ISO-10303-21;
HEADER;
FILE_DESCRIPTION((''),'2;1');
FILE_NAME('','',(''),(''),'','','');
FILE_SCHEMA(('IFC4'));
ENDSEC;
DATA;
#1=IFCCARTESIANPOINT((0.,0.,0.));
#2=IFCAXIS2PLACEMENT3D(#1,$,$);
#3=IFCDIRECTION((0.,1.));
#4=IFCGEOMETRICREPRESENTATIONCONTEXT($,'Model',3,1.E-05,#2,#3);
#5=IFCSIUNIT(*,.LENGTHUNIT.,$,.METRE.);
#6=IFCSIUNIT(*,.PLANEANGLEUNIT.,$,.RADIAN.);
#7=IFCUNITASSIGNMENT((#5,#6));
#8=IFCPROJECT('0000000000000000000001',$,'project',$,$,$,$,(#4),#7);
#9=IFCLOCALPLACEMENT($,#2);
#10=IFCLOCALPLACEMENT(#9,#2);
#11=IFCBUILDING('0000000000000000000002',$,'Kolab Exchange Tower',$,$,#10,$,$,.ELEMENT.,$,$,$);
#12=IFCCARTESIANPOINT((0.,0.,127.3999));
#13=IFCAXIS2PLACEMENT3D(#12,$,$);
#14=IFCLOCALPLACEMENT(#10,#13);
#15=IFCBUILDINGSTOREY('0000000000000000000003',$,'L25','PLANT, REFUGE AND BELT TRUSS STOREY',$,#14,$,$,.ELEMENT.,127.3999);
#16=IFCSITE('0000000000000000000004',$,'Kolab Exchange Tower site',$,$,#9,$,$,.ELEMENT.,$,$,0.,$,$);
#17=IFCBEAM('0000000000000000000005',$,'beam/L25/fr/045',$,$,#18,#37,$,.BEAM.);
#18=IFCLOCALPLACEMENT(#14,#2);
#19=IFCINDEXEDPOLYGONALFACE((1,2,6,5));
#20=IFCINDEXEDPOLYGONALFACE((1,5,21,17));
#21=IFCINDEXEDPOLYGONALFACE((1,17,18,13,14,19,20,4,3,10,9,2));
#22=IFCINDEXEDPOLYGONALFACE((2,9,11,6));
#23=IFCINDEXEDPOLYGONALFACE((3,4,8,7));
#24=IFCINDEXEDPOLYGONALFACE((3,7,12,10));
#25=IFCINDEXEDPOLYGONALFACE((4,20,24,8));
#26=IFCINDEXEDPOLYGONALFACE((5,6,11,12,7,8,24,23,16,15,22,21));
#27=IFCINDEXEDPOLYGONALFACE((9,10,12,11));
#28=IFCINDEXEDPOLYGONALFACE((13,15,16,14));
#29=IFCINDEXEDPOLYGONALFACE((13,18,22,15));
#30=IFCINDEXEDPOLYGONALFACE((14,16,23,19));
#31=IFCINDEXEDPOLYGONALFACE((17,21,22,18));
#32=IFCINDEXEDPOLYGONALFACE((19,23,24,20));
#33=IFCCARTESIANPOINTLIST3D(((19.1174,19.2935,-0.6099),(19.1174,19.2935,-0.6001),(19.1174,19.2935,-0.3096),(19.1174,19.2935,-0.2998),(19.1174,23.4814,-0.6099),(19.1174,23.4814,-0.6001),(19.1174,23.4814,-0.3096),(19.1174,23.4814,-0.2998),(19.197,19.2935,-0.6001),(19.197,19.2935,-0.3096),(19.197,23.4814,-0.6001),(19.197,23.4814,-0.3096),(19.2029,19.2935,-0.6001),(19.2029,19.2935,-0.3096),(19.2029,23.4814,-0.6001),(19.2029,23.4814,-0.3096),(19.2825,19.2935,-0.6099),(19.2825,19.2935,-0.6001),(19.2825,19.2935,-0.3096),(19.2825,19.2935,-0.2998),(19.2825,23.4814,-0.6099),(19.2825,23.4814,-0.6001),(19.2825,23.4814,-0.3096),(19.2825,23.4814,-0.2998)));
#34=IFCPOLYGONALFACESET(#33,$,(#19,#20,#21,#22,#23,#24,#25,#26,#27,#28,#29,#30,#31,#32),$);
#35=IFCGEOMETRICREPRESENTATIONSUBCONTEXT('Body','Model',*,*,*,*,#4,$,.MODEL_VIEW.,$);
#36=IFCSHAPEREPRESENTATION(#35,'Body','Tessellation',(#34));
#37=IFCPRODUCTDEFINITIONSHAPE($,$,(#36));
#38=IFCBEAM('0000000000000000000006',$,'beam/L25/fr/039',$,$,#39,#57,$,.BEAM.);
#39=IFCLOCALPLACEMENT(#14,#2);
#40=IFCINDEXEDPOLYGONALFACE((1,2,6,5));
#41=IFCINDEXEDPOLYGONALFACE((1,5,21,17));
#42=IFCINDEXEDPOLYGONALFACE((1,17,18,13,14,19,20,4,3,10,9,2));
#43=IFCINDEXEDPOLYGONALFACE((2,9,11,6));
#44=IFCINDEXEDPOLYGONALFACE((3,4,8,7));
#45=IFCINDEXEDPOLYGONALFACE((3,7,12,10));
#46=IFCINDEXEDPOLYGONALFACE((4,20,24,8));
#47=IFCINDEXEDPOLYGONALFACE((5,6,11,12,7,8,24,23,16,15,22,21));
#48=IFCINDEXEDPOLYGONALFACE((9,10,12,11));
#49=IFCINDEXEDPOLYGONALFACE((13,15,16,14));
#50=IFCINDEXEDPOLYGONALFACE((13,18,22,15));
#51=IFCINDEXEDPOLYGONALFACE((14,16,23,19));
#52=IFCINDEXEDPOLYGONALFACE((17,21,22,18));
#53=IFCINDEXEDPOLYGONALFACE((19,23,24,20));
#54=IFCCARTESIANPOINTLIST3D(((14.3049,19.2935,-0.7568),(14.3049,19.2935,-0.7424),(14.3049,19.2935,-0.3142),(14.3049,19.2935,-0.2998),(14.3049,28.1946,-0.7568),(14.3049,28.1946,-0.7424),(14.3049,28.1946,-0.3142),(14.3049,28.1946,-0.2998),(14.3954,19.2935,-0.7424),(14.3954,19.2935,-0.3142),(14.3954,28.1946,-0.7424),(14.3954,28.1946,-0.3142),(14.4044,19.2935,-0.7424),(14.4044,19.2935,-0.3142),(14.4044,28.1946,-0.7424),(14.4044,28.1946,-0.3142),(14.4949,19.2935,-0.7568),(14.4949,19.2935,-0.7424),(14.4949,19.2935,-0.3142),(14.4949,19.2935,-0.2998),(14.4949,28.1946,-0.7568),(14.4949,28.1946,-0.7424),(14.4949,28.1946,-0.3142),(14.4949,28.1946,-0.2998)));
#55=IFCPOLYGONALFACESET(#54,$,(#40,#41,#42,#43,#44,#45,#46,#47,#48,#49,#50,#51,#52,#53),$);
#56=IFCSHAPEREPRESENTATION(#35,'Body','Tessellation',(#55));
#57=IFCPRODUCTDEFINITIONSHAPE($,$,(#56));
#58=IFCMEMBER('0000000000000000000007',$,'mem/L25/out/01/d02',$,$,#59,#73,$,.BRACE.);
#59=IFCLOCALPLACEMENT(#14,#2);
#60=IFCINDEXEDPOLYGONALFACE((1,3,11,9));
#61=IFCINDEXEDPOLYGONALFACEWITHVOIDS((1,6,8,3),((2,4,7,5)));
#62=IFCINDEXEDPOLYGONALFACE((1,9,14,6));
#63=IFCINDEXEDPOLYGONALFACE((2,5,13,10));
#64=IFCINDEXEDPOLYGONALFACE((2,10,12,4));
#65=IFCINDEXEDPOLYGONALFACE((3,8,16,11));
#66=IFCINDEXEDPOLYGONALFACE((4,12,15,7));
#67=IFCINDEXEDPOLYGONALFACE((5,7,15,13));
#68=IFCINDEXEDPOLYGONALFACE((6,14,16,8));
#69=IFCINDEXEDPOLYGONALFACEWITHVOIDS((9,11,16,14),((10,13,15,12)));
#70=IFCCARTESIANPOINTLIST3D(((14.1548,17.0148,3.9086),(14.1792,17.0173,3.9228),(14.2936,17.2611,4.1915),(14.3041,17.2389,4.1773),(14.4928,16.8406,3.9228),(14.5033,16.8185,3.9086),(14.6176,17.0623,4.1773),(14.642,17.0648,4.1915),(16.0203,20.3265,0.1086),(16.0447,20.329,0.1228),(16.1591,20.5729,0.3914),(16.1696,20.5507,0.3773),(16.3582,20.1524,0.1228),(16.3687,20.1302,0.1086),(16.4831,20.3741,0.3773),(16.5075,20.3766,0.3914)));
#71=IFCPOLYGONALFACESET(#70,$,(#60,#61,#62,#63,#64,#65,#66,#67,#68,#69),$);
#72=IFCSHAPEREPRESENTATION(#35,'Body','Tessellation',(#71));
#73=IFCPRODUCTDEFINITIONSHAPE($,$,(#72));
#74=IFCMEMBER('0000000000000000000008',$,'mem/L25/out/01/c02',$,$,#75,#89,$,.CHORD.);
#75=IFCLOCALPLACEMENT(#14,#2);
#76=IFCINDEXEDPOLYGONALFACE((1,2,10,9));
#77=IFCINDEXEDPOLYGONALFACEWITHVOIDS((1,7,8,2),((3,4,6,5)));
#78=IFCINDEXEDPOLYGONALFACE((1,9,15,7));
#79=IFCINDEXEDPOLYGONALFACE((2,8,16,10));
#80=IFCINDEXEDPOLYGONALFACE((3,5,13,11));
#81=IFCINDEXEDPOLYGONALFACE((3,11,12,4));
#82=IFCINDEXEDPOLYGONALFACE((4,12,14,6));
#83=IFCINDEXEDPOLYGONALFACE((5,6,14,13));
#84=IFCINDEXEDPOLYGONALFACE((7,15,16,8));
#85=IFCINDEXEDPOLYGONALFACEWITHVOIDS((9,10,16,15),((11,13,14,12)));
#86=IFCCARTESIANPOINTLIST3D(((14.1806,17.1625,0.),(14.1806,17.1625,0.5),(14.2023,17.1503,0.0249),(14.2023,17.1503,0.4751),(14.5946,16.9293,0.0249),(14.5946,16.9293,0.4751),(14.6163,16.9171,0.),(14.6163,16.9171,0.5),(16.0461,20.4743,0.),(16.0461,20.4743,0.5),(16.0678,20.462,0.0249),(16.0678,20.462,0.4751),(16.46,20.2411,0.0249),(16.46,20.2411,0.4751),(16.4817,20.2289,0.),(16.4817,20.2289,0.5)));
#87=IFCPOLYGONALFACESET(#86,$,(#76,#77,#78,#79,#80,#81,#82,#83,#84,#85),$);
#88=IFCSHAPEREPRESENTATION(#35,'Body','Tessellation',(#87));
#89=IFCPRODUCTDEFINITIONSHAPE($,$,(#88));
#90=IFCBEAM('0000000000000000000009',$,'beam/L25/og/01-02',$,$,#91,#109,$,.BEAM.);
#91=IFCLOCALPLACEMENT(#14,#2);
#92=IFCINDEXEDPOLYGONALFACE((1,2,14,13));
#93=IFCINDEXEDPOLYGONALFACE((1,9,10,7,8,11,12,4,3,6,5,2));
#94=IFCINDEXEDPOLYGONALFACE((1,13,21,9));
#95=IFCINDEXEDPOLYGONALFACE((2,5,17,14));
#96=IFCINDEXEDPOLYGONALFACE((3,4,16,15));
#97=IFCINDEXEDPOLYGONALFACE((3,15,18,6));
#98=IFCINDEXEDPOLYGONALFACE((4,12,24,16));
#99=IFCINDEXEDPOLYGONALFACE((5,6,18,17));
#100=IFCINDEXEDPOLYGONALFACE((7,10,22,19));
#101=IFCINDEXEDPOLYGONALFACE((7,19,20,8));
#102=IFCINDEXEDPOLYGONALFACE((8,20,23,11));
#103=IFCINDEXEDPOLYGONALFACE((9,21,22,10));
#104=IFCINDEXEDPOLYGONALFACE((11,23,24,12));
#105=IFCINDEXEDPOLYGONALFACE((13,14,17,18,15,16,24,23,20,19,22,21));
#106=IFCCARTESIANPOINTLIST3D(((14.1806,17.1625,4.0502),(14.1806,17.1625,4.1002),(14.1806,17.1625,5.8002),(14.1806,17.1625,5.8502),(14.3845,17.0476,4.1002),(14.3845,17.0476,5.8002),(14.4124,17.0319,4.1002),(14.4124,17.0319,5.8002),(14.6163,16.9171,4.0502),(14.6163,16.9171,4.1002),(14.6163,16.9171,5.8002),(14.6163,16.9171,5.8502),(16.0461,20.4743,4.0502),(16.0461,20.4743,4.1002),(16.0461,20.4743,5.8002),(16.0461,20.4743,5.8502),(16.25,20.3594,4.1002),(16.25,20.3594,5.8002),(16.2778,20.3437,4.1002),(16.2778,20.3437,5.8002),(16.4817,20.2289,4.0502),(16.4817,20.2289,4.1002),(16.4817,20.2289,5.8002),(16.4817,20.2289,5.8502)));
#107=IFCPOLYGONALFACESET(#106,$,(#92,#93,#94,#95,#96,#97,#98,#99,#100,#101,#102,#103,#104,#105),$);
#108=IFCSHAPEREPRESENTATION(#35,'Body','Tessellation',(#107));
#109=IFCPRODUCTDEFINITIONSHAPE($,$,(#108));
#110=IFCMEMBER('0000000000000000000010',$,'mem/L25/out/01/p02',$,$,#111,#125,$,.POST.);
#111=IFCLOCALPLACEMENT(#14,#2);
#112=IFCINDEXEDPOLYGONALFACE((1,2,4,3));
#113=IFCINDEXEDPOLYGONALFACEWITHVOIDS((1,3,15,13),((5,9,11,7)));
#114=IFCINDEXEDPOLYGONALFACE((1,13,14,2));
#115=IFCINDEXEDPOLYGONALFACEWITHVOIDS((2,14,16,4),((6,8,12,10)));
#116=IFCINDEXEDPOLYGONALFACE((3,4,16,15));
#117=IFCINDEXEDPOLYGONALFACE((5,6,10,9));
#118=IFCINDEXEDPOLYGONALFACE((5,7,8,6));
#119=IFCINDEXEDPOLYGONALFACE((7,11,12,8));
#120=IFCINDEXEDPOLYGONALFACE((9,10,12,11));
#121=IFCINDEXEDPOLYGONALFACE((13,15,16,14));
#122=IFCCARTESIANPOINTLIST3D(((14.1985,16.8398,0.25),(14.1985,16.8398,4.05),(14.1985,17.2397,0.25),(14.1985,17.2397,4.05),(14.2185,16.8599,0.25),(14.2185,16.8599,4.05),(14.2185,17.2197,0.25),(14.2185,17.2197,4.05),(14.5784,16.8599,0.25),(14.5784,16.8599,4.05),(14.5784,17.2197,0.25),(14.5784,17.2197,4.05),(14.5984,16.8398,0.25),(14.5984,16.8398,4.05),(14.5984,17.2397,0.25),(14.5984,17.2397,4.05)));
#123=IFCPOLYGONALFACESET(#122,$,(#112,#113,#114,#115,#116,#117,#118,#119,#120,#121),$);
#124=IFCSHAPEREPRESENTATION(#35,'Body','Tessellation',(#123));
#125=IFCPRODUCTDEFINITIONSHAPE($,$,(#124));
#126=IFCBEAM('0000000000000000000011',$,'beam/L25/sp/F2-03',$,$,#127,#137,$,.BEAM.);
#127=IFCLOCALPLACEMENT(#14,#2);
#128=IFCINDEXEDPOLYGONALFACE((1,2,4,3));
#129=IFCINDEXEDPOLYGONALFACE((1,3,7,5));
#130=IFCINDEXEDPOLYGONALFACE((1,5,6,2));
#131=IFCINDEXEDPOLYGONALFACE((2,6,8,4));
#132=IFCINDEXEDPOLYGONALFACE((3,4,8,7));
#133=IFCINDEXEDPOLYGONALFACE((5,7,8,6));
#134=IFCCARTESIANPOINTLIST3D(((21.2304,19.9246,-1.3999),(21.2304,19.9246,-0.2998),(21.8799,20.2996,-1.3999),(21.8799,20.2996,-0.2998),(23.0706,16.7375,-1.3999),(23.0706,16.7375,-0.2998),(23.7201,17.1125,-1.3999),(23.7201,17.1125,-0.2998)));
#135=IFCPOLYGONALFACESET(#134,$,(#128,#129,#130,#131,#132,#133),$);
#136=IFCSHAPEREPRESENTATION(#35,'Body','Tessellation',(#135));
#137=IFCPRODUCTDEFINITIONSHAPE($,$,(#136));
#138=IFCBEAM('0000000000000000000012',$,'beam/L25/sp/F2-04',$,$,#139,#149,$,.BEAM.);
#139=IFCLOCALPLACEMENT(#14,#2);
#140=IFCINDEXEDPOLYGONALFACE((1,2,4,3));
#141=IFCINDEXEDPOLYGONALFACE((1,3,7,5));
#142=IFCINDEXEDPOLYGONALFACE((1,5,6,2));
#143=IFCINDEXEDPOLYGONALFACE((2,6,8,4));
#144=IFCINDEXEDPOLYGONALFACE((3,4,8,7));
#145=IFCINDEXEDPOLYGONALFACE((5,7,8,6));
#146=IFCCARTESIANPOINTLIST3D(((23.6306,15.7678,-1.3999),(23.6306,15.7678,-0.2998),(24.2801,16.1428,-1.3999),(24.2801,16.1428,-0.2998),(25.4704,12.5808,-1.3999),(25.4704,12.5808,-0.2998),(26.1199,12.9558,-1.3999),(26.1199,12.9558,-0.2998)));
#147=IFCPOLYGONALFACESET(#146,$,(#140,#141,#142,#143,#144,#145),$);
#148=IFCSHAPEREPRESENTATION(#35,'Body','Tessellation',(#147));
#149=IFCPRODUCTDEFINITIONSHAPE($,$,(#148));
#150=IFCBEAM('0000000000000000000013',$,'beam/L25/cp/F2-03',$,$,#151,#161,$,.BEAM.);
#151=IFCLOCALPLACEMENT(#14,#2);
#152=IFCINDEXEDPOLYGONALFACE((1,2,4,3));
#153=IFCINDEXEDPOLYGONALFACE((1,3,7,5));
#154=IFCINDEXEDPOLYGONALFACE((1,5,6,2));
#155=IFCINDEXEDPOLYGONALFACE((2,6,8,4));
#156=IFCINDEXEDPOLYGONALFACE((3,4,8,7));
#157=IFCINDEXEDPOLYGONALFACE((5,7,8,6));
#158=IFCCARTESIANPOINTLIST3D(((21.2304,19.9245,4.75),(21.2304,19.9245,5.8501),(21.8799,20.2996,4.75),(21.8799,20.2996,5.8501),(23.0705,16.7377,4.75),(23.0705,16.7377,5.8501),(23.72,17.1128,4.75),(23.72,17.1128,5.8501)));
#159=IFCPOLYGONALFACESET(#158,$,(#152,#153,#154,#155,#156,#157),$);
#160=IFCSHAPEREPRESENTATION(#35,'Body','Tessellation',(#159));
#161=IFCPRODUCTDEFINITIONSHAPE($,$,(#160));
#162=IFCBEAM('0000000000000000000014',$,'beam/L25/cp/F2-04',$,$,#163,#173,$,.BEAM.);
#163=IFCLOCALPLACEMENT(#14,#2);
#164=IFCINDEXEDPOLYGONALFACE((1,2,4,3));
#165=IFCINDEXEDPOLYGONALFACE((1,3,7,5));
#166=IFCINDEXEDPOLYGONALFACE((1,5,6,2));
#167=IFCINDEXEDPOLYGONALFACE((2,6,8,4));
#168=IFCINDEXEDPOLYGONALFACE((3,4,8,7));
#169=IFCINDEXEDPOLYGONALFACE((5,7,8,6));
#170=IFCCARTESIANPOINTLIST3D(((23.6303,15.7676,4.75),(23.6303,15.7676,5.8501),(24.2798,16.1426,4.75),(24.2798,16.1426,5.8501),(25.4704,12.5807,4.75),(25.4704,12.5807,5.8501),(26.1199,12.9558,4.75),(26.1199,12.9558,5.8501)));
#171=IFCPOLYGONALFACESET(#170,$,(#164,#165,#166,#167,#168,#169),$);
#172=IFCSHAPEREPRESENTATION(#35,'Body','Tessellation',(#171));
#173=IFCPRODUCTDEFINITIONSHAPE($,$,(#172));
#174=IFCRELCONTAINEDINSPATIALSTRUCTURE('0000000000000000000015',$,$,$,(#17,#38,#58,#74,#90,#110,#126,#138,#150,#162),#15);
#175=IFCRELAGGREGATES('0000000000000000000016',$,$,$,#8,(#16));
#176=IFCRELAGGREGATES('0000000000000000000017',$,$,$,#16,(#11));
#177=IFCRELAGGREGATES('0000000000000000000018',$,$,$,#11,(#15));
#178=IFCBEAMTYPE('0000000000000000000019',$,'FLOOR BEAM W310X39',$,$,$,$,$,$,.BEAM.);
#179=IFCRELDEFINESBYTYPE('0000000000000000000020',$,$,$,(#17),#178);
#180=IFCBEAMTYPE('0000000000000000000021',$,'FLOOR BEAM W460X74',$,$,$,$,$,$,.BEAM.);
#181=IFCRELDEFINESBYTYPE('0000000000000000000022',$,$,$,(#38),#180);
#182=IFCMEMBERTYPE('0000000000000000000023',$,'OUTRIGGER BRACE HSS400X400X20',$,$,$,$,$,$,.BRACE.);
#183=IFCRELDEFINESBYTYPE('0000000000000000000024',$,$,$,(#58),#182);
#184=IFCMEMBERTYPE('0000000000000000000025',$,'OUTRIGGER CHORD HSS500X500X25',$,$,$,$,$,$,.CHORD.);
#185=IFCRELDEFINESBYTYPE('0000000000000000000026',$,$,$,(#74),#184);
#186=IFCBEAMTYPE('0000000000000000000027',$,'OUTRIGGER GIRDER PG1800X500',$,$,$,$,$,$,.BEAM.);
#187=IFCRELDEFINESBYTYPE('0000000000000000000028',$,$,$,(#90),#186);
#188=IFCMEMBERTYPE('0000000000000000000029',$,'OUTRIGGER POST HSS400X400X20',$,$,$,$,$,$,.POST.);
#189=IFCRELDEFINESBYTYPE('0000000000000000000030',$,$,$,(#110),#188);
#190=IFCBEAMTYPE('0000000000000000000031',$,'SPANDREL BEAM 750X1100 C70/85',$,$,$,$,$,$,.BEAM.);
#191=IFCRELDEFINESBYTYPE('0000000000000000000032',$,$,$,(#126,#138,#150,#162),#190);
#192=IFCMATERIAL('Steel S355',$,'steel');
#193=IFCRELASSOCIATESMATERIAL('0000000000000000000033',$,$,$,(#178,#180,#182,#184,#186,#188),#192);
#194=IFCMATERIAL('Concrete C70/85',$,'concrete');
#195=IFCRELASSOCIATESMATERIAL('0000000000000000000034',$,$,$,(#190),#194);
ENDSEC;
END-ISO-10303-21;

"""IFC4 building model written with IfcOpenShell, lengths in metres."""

from ifc_helpers import new_model, si_unit, direction, frame, origin, origin_2d, place, context, subcontext, project, spatial, rectangle, hollow_rectangle, i_section, extrude, material, material_profile, profile_set, type_object, element, save


model = new_model("IFC4")

# Units and contexts
model_context = context("Model", 3, precision=1e-05, world=origin(), true_north=direction((0.0, 1.0)))
body_context = subcontext(model_context, "Body", "Model", "MODEL_VIEW")
ifc_project = project(units=[si_unit("LENGTHUNIT", "METRE"), si_unit("PLANEANGLEUNIT", "RADIAN")], contexts=[model_context])

# Site, building, storey
site_placement = place(None, origin())
site = spatial("IfcSite", under=ifc_project, at=site_placement, Name="Kolab Exchange Tower site", CompositionType="ELEMENT", RefElevation=0.0)
building_placement = place(site_placement, origin())
building = spatial("IfcBuilding", under=site, at=building_placement, Name="Kolab Exchange Tower", CompositionType="ELEMENT")
storey_placement = place(building_placement, frame((0.0, 0.0, 127.3999)))
storey = spatial("IfcBuildingStorey", under=building, at=storey_placement, Name="L25", Description="PLANT, REFUGE AND BELT TRUSS STOREY", CompositionType="ELEMENT", Elevation=127.3999)

# Shared definitions
ifc_material_1 = material(Name="Concrete C70/85", Category="concrete")

# Shared definitions
ifc_material_2 = material(Name="Steel S355", Category="steel")

# Beams
ifc_material_profile_1 = material_profile(ifc_material_2, i_section(OverallWidth=0.165, OverallDepth=0.3101, WebThickness=0.0059, FlangeThickness=0.0098, at=origin_2d()), Name="W310X39")
ifc_profile_set_1 = profile_set([ifc_material_profile_1], Name="Steel S355")
beam_type_1 = type_object("IfcBeamType", Name="FLOOR BEAM W310X39", PredefinedType="BEAM", material=ifc_profile_set_1)
beam_1_placement = place(storey_placement, frame((19.2, 19.2935, -0.4548), z_axis=(0.0, 1.0, 0.0), x_axis=(-1.0, 0.0, 0.0)))
element("IfcBeam", 1, at=beam_1_placement, inside=storey, type_object=beam_type_1, Name="beam/L25/fr/045", PredefinedType="BEAM", context=body_context, shape_type="SweptSolid", body=[
    extrude(i_section(OverallWidth=0.165, OverallDepth=0.3101, WebThickness=0.0059, FlangeThickness=0.0098, at=origin_2d()), origin(), (0.0, 0.0, 1.0), 4.188),
])
ifc_material_profile_2 = material_profile(ifc_material_2, i_section(OverallWidth=0.1899, OverallDepth=0.457, WebThickness=0.009, FlangeThickness=0.0144, at=origin_2d()), Name="W460X74")
ifc_profile_set_2 = profile_set([ifc_material_profile_2], Name="Steel S355")
beam_type_2 = type_object("IfcBeamType", Name="FLOOR BEAM W460X74", PredefinedType="BEAM", material=ifc_profile_set_2)
beam_2_placement = place(storey_placement, frame((14.3999, 19.2935, -0.5283), z_axis=(0.0, 1.0, 0.0), x_axis=(-1.0, 0.0, 0.0)))
element("IfcBeam", 2, at=beam_2_placement, inside=storey, type_object=beam_type_2, Name="beam/L25/fr/039", PredefinedType="BEAM", context=body_context, shape_type="SweptSolid", body=[
    extrude(i_section(OverallWidth=0.1899, OverallDepth=0.457, WebThickness=0.009, FlangeThickness=0.0144, at=origin_2d()), origin(), (0.0, 0.0, 1.0), 8.9011),
])

# Members
ifc_material_profile_3 = material_profile(ifc_material_2, hollow_rectangle(XDim=0.3999, YDim=0.3999, WallThickness=0.02, at=origin_2d()), Name="HSS400X400X20")
ifc_profile_set_3 = profile_set([ifc_material_profile_3], Name="Steel S355")
member_type_1 = type_object("IfcMemberType", Name="OUTRIGGER BRACE HSS400X400X20", PredefinedType="BRACE", material=ifc_profile_set_3)
member_1_placement = place(storey_placement, frame((14.3984, 17.0398, 4.05), z_axis=(0.34708, 0.616169, -0.707016), x_axis=(-0.871282, 0.490783, 0.0)))
element("IfcMember", 3, at=member_1_placement, inside=storey, type_object=member_type_1, Name="mem/L25/out/01/d02", PredefinedType="BRACE", context=body_context, shape_type="SweptSolid", body=[
    extrude(hollow_rectangle(XDim=0.3999, YDim=0.3999, WallThickness=0.02, at=origin_2d()), origin(), (0.0, 0.0, 1.0), 5.3748),
])
ifc_material_profile_4 = material_profile(ifc_material_2, hollow_rectangle(XDim=0.5, YDim=0.5, WallThickness=0.0249, at=origin_2d()), Name="HSS500X500X25")
ifc_profile_set_4 = profile_set([ifc_material_profile_4], Name="Steel S355")
member_type_2 = type_object("IfcMemberType", Name="OUTRIGGER CHORD HSS500X500X25", PredefinedType="CHORD", material=ifc_profile_set_4)
member_2_placement = place(storey_placement, frame((14.3984, 17.0398, 0.25), z_axis=(0.490783, 0.871282, 0.0), x_axis=(-0.871282, 0.490783, 0.0)))
element("IfcMember", 4, at=member_2_placement, inside=storey, type_object=member_type_2, Name="mem/L25/out/01/c02", PredefinedType="CHORD", context=body_context, shape_type="SweptSolid", body=[
    extrude(hollow_rectangle(XDim=0.5, YDim=0.5, WallThickness=0.0249, at=origin_2d()), origin(), (0.0, 0.0, 1.0), 3.801),
])

# Beam
ifc_material_profile_5 = material_profile(ifc_material_2, i_section(OverallWidth=0.5, OverallDepth=1.8, WebThickness=0.032, FlangeThickness=0.05, at=origin_2d()), Name="PG1800X500")
ifc_profile_set_5 = profile_set([ifc_material_profile_5], Name="Steel S355")
beam_type_3 = type_object("IfcBeamType", Name="OUTRIGGER GIRDER PG1800X500", PredefinedType="BEAM", material=ifc_profile_set_5)
beam_3_placement = place(storey_placement, frame((14.3984, 17.0398, 4.9502), z_axis=(0.490783, 0.871282, 0.0), x_axis=(-0.871282, 0.490783, 0.0)))
element("IfcBeam", 5, at=beam_3_placement, inside=storey, type_object=beam_type_3, Name="beam/L25/og/01-02", PredefinedType="BEAM", context=body_context, shape_type="SweptSolid", body=[
    extrude(i_section(OverallWidth=0.5, OverallDepth=1.8, WebThickness=0.032, FlangeThickness=0.05, at=origin_2d()), origin(), (0.0, 0.0, 1.0), 3.801),
])

# Member
ifc_material_profile_6 = material_profile(ifc_material_2, hollow_rectangle(XDim=0.3999, YDim=0.3999, WallThickness=0.02, at=origin_2d()), Name="HSS400X400X20")
ifc_profile_set_6 = profile_set([ifc_material_profile_6], Name="Steel S355")
member_type_3 = type_object("IfcMemberType", Name="OUTRIGGER POST HSS400X400X20", PredefinedType="POST", material=ifc_profile_set_6)
member_3_placement = place(storey_placement, frame((14.3984, 17.0398, 0.25), z_axis=(0.0, 0.0, 1.0), x_axis=(1.0, 0.0, 0.0)))
element("IfcMember", 6, at=member_3_placement, inside=storey, type_object=member_type_3, Name="mem/L25/out/01/p02", PredefinedType="POST", context=body_context, shape_type="SweptSolid", body=[
    extrude(hollow_rectangle(XDim=0.3999, YDim=0.3999, WallThickness=0.02, at=origin_2d()), origin(), (0.0, 0.0, 1.0), 3.8),
])

# Beams
ifc_material_profile_7 = material_profile(ifc_material_1, rectangle(XDim=0.75, YDim=1.1001, at=origin_2d()), Name="RC750X1100")
ifc_profile_set_7 = profile_set([ifc_material_profile_7], Name="Concrete C70/85")
beam_type_4 = type_object("IfcBeamType", Name="SPANDREL BEAM 750X1100 C70/85", PredefinedType="BEAM", material=ifc_profile_set_7)
beam_4_placement = place(storey_placement, frame((21.5552, 20.1121, -0.8499), z_axis=(0.500013, -0.866018, 0.0), x_axis=(0.866018, 0.500013, 0.0)))
element("IfcBeam", 7, at=beam_4_placement, inside=storey, type_object=beam_type_4, Name="beam/L25/sp/F2-03", PredefinedType="BEAM", context=body_context, shape_type="SweptSolid", body=[
    extrude(rectangle(XDim=0.75, YDim=1.1001, at=origin_2d()), origin(), (0.0, 0.0, 1.0), 3.6802),
])
for number, where, z_axis, x_axis, name in (
    (8, (23.9553, 15.9553, -0.8499), (0.499964, -0.866046, 0.0), (0.866046, 0.499964, 0.0), "beam/L25/sp/F2-04"),
    (9, (21.5552, 20.1121, 5.3), (0.500042, -0.866001, 0.0), (0.866001, 0.500042, 0.0), "beam/L25/cp/F2-03"),
    (10, (23.9551, 15.9551, 5.3), (0.500042, -0.866001, 0.0), (0.866001, 0.500042, 0.0), "beam/L25/cp/F2-04"),
):
    element("IfcBeam", number, at=place(storey_placement, frame(where, z_axis=z_axis, x_axis=x_axis)), inside=storey, type_object=beam_type_4, Name=name, PredefinedType="BEAM", context=body_context, shape_type="SweptSolid", body=[
        extrude(rectangle(XDim=0.75, YDim=1.1001, at=origin_2d()), origin(), (0.0, 0.0, 1.0), 3.6799),
    ])

save(model, "model.ifc")
